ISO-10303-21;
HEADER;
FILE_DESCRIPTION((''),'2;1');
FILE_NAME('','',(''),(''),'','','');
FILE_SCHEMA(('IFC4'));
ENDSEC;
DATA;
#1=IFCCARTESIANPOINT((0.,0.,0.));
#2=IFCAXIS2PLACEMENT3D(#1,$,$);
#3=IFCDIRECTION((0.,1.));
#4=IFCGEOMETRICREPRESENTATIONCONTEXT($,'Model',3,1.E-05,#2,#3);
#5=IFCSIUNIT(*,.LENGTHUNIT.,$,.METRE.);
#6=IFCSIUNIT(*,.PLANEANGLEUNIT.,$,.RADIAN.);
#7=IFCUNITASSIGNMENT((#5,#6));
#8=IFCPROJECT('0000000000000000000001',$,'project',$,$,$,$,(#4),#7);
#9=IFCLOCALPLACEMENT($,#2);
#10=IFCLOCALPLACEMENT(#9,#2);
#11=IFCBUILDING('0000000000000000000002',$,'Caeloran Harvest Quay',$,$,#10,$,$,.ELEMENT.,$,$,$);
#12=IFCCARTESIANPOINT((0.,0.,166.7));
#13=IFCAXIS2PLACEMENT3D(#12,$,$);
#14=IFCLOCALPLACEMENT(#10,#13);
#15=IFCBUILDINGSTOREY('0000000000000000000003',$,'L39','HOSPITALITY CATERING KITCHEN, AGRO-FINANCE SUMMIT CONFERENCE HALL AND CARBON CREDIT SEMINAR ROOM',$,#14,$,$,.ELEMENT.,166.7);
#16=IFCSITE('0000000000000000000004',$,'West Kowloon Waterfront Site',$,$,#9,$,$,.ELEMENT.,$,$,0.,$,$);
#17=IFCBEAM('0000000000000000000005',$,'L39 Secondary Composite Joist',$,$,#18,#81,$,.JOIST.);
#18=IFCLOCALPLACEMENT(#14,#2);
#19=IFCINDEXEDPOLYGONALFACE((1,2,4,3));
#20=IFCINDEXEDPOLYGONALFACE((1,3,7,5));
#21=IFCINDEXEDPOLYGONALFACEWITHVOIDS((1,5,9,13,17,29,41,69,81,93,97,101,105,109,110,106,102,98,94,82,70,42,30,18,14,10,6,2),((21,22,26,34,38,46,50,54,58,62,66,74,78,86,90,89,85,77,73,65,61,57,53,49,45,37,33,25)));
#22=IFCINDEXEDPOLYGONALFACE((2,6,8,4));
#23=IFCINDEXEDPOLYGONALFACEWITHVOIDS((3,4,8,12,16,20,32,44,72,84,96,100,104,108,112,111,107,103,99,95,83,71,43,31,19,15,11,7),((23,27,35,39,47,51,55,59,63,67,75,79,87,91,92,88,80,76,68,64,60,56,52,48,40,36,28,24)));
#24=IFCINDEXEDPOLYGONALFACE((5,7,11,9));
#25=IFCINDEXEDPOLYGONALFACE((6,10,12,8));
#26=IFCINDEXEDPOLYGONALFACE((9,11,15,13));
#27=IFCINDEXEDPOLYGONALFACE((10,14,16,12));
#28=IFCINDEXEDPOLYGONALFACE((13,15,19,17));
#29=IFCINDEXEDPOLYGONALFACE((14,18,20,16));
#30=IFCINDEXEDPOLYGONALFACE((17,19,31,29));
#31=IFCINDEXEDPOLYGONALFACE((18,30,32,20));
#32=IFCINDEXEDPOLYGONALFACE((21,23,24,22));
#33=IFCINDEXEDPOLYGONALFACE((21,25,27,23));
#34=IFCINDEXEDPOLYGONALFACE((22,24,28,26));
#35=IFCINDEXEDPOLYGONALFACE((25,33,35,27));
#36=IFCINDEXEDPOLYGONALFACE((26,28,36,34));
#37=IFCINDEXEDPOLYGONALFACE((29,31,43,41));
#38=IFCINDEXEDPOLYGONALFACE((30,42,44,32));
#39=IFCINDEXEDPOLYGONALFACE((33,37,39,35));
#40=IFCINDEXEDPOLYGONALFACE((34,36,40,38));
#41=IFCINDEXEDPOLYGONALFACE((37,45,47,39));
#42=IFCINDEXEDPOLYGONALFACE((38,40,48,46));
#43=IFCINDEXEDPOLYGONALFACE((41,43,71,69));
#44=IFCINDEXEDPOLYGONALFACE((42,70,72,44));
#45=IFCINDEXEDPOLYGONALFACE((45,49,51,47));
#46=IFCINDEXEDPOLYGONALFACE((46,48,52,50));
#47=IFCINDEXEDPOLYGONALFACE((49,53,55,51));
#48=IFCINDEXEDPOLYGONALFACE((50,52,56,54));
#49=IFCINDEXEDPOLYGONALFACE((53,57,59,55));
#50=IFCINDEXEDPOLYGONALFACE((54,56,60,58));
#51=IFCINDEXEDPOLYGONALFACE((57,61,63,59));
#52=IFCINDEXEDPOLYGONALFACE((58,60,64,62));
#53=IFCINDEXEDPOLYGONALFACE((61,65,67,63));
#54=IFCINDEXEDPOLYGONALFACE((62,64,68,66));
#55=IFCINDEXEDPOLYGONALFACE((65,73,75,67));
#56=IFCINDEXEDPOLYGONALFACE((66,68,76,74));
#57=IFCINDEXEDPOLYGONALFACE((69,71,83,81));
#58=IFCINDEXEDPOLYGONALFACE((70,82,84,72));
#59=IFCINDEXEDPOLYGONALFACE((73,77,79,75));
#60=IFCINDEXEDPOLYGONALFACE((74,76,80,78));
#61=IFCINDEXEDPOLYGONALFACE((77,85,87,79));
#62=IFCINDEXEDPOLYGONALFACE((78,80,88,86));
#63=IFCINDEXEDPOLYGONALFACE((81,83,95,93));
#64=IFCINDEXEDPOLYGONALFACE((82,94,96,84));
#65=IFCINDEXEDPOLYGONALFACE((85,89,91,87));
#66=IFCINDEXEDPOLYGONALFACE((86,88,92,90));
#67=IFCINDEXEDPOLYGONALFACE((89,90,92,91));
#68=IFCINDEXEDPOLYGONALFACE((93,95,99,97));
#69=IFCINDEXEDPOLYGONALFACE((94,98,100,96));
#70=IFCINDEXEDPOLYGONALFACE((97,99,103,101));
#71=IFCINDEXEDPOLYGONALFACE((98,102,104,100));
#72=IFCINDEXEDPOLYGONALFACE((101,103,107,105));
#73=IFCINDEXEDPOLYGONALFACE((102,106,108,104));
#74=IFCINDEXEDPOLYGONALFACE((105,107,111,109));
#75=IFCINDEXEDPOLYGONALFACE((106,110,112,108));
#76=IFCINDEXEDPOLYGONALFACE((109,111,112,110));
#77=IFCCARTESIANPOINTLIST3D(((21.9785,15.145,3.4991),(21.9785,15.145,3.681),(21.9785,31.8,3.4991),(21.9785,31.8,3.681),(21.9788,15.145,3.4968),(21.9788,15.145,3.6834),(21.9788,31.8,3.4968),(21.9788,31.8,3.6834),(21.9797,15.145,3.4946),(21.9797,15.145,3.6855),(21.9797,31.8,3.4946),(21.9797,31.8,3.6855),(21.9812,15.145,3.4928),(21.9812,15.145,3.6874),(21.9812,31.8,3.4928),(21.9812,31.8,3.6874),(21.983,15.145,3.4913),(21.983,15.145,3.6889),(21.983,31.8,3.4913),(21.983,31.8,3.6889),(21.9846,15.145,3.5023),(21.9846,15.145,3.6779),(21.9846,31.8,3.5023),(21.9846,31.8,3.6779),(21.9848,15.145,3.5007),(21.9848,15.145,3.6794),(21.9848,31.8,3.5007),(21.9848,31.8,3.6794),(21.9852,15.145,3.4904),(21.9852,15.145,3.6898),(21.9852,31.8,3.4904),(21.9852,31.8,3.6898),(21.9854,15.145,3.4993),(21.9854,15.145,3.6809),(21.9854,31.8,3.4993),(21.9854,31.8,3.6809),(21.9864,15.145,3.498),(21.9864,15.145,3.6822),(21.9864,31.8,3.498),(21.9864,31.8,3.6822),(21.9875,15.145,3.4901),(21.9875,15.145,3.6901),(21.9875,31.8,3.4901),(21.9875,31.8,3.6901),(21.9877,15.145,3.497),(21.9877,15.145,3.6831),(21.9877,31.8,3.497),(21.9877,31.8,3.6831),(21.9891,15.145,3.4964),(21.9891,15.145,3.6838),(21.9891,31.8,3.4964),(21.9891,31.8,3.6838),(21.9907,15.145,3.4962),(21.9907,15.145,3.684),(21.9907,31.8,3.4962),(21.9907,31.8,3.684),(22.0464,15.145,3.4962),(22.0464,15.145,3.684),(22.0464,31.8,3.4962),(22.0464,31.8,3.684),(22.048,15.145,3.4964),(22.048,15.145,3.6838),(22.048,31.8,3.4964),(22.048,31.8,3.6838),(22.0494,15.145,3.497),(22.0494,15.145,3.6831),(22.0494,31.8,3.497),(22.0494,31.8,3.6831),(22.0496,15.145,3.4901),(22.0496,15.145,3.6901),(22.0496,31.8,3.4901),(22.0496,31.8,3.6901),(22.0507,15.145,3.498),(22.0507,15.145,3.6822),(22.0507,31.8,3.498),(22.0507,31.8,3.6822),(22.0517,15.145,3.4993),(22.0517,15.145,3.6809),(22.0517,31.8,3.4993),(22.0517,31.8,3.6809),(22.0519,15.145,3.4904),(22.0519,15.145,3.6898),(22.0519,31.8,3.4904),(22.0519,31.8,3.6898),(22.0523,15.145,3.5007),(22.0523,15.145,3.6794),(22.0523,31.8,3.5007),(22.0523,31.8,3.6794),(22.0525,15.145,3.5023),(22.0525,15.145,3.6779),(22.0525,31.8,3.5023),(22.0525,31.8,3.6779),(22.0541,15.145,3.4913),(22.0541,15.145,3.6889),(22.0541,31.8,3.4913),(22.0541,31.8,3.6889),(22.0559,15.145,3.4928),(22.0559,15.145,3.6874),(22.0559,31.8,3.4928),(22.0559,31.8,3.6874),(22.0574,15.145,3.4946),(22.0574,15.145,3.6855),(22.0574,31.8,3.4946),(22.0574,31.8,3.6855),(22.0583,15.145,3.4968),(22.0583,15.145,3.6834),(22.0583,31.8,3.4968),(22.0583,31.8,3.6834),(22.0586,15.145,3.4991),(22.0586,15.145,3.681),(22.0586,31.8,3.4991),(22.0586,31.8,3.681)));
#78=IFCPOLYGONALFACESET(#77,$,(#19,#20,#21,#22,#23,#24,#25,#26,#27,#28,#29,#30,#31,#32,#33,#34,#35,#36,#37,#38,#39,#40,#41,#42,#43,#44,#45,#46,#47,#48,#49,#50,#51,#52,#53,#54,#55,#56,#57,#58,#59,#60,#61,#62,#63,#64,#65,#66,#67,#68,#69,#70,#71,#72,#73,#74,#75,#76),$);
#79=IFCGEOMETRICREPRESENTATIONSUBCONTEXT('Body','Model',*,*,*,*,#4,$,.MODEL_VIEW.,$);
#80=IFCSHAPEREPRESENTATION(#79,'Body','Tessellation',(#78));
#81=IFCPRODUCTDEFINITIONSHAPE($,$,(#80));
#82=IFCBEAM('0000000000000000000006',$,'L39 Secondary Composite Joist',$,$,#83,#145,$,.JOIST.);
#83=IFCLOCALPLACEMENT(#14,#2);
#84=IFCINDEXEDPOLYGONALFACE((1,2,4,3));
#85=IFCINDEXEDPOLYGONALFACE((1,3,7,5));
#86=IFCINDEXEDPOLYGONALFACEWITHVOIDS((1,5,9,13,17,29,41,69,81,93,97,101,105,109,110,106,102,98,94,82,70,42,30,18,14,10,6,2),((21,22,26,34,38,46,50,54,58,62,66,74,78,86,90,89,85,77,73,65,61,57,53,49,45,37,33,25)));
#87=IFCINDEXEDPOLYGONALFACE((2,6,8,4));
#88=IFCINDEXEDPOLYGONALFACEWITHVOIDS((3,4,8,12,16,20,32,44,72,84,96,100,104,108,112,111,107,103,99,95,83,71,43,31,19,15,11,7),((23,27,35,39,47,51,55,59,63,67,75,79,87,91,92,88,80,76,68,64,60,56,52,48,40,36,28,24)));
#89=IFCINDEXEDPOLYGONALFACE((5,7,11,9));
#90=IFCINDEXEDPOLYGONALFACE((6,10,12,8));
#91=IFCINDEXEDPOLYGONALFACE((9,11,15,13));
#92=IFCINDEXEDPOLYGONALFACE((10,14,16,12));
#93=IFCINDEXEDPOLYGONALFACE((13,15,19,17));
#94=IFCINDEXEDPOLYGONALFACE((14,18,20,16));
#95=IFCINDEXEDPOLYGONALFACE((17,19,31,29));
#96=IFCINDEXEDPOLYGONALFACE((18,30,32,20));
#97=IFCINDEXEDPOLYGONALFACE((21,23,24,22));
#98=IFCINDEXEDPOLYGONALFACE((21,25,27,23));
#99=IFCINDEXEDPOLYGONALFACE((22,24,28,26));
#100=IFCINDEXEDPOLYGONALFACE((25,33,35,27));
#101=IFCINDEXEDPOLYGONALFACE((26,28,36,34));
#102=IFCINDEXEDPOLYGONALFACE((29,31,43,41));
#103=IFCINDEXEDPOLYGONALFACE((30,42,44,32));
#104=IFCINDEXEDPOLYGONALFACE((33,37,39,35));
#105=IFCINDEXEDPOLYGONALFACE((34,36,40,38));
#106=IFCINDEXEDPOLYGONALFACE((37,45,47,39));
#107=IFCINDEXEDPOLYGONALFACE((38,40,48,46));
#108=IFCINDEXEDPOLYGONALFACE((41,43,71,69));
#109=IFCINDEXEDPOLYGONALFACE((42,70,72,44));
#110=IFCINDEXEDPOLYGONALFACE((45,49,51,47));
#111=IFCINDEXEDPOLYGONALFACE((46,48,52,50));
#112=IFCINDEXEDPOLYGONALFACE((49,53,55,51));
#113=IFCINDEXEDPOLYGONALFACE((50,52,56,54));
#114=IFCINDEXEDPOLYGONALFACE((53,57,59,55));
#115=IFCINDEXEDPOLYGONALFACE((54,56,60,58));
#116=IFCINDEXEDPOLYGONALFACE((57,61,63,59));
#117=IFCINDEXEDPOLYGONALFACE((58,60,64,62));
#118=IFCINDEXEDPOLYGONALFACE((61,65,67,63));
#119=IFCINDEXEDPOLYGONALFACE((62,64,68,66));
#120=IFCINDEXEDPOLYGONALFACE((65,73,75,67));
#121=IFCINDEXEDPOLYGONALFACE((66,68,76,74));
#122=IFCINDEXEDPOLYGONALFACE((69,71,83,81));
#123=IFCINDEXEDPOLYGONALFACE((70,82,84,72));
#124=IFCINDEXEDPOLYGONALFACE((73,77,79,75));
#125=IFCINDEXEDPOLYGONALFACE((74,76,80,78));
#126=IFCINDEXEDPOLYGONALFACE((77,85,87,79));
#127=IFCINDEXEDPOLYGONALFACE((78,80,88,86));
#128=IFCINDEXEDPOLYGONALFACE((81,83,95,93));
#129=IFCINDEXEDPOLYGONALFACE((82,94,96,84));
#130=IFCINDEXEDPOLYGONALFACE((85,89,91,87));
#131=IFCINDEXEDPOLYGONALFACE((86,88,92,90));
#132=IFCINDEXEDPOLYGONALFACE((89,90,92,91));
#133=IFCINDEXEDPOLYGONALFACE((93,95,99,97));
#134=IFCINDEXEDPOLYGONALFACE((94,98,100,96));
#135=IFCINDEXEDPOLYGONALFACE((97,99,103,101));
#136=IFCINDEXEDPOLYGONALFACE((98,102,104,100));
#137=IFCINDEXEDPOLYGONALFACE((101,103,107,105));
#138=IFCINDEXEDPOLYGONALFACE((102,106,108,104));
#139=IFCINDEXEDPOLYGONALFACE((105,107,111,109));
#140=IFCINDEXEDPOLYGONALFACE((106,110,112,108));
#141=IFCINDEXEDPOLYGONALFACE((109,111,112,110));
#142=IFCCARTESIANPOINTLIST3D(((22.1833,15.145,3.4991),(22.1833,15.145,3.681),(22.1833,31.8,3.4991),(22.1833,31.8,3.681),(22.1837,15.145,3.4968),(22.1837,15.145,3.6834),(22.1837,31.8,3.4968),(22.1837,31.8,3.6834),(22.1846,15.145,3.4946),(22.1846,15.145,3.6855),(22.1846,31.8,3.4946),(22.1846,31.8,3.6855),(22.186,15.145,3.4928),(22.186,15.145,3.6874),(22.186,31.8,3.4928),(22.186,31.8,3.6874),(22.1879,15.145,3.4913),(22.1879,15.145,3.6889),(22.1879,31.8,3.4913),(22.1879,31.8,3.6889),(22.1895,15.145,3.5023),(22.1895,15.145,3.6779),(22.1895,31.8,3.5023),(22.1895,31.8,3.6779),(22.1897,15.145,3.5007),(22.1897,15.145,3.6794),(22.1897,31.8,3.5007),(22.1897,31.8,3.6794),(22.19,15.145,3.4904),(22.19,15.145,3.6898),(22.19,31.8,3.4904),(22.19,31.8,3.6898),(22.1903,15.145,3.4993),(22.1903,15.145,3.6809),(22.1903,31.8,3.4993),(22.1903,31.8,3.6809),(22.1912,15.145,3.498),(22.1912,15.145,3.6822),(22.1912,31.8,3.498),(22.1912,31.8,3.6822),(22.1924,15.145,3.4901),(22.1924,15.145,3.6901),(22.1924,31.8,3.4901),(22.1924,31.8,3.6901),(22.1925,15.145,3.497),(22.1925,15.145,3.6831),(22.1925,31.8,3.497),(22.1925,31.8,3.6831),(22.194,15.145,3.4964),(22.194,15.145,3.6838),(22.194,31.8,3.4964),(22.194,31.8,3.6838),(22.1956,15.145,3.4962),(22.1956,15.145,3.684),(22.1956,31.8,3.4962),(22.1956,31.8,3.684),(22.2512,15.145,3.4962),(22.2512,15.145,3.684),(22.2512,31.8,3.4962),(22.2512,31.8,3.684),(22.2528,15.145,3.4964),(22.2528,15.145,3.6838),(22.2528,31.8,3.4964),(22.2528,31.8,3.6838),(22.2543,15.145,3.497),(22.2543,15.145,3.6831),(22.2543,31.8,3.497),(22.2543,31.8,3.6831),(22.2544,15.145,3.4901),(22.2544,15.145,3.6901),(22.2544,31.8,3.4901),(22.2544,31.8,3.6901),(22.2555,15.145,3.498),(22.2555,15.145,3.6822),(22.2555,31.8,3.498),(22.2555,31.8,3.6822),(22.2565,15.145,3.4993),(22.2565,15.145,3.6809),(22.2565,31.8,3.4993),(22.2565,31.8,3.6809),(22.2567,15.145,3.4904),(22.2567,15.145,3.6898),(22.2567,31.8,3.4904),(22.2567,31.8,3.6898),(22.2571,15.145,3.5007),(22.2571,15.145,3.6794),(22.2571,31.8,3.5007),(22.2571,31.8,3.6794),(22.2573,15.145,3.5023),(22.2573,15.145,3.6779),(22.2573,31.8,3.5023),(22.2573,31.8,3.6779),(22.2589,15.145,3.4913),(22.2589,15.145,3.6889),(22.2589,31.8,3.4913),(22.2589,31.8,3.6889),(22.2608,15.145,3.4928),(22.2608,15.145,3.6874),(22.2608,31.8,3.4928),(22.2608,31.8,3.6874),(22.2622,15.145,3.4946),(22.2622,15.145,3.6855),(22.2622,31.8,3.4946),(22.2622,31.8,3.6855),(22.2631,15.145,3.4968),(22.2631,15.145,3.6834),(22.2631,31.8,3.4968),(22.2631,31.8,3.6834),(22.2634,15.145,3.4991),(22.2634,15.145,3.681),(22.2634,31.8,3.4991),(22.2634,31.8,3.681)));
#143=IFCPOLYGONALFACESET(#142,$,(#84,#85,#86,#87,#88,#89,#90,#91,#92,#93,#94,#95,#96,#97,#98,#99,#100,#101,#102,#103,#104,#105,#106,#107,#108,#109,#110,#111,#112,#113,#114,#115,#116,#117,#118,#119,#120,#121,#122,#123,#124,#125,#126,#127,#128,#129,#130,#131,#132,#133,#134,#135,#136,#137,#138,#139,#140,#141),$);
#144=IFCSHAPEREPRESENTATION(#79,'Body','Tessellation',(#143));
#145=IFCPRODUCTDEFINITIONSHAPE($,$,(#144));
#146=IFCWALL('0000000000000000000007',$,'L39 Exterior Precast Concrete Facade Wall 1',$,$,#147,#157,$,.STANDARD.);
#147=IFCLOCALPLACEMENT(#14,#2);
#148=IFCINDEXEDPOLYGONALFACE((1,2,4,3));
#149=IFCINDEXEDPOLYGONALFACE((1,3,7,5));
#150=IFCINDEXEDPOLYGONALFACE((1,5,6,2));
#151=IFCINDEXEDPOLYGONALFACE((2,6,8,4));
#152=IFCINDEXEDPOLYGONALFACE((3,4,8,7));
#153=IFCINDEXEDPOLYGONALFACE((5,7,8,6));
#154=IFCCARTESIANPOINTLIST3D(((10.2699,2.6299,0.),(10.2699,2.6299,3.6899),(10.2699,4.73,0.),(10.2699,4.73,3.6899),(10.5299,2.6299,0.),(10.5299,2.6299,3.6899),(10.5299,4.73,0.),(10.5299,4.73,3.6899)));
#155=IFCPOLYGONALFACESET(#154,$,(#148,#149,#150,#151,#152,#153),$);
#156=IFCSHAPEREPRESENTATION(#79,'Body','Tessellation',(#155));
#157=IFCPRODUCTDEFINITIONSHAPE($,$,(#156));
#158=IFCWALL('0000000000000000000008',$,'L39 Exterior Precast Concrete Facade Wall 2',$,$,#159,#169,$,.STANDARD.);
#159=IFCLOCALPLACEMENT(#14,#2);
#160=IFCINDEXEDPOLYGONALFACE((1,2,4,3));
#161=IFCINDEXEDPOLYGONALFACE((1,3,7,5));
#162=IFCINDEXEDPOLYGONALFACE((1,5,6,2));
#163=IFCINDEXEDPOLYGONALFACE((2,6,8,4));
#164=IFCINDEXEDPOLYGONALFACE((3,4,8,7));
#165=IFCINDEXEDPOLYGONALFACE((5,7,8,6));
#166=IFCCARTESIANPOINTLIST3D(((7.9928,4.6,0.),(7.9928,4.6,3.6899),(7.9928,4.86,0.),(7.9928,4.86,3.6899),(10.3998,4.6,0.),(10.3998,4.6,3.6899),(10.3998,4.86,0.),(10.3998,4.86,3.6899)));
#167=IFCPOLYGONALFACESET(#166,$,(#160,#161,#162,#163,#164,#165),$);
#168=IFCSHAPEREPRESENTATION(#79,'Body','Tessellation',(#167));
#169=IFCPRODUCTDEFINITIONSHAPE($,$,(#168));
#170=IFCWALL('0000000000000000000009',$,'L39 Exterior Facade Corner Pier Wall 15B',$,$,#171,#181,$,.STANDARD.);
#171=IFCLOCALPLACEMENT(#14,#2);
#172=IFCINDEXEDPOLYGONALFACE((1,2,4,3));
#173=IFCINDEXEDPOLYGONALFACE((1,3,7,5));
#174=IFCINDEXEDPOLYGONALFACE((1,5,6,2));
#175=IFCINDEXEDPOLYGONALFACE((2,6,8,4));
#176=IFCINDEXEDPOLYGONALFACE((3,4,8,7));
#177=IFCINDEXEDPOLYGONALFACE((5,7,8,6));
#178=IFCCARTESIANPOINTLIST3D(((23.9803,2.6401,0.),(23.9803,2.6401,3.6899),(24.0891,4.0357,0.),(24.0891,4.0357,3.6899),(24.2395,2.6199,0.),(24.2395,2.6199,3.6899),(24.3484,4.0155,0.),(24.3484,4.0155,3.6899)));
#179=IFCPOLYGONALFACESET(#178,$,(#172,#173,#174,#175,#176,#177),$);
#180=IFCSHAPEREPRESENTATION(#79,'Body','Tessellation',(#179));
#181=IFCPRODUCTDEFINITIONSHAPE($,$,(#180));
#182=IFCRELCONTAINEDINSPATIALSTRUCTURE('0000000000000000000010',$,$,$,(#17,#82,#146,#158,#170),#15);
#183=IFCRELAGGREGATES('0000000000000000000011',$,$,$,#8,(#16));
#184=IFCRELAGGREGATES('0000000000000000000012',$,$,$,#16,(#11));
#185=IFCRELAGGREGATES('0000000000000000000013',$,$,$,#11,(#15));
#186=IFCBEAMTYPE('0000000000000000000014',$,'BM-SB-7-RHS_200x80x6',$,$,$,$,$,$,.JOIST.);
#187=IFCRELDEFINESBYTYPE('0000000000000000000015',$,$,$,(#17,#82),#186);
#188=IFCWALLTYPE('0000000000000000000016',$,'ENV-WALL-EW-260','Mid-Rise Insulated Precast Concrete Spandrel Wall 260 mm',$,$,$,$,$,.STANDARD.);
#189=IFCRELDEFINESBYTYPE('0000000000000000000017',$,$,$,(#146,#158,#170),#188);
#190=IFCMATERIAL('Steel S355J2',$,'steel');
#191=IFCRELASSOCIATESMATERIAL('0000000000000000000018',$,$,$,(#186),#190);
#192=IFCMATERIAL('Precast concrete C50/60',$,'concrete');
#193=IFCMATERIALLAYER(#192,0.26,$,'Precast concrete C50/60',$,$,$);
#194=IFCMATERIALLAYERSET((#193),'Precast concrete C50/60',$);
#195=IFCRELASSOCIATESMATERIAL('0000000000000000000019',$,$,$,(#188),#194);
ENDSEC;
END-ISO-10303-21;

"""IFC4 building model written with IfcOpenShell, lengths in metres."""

from ifc_helpers import new_model, si_unit, direction, frame, frame_2d, origin, origin_2d, place, context, subcontext, project, spatial, rectangle, hollow_rectangle, extrude, material, layer, layer_set, material_profile, profile_set, type_object, element, save


model = new_model("IFC4")

# Units and contexts
model_context = context("Model", 3, precision=1e-05, world=origin(), true_north=direction((0.0, 1.0)))
body_context = subcontext(model_context, "Body", "Model", "MODEL_VIEW")
ifc_project = project(units=[si_unit("LENGTHUNIT", "METRE"), si_unit("PLANEANGLEUNIT", "RADIAN")], contexts=[model_context])

# Site, building, storey
site_placement = place(None, origin())
site = spatial("IfcSite", under=ifc_project, at=site_placement, Name="West Kowloon Waterfront Site", CompositionType="ELEMENT", RefElevation=0.0)
building_placement = place(site_placement, origin())
building = spatial("IfcBuilding", under=site, at=building_placement, Name="Caeloran Harvest Quay", CompositionType="ELEMENT")
storey_placement = place(building_placement, frame((0.0, 0.0, 166.7)))
storey = spatial("IfcBuildingStorey", under=building, at=storey_placement, Name="L39", Description="HOSPITALITY CATERING KITCHEN, AGRO-FINANCE SUMMIT CONFERENCE HALL AND CARBON CREDIT SEMINAR ROOM", CompositionType="ELEMENT", Elevation=166.7)

# Beams
ifc_material_1 = material(Name="Steel S355J2", Category="steel")
ifc_material_profile_1 = material_profile(ifc_material_1, hollow_rectangle(XDim=0.0801, YDim=0.2, WallThickness=0.0061, InnerFilletRadius=0.0061, OuterFilletRadius=0.009, at=origin_2d()), Name="RHS 200x80x6")
ifc_profile_set_1 = profile_set([ifc_material_profile_1], Name="Steel S355J2")
beam_type_1 = type_object("IfcBeamType", Name="BM-SB-7-RHS_200x80x6", PredefinedType="JOIST", material=ifc_profile_set_1)
for number, where, z_axis, x_axis, name in (
    (1, (22.0186, 15.145, 3.5901), (0.0, 1.0, 0.0), (-1.0, 0.0, 0.0), "L39 Secondary Composite Joist"),
    (2, (22.2234, 15.145, 3.5901), (0.0, 1.0, 0.0), (-1.0, 0.0, 0.0), "L39 Secondary Composite Joist"),
):
    element("IfcBeam", number, at=place(storey_placement, frame(where, z_axis=z_axis, x_axis=x_axis)), inside=storey, type_object=beam_type_1, Name=name, PredefinedType="JOIST", context=body_context, shape_type="SweptSolid", body=[
        extrude(hollow_rectangle(XDim=0.0801, YDim=0.2, WallThickness=0.0061, InnerFilletRadius=0.0061, OuterFilletRadius=0.009, at=origin_2d()), origin(), (0.0, 0.0, 1.0), 16.655),
    ])

# Walls
ifc_material_2 = material(Name="Precast concrete C50/60", Category="concrete")
ifc_layer_1 = layer(ifc_material_2, 0.26, Name="Precast concrete C50/60")
ifc_layer_set_1 = layer_set([ifc_layer_1], Name="Precast concrete C50/60")
wall_type_1 = type_object("IfcWallType", Name="ENV-WALL-EW-260", Description="Mid-Rise Insulated Precast Concrete Spandrel Wall 260 mm", PredefinedType="STANDARD", material=ifc_layer_set_1)
wall_1_placement = place(storey_placement, frame((10.3999, 2.6299, 0.0), z_axis=(0.0, 0.0, 1.0), x_axis=(0.0, 1.0, 0.0)))
element("IfcWall", 3, at=wall_1_placement, inside=storey, type_object=wall_type_1, Name="L39 Exterior Precast Concrete Facade Wall 1", PredefinedType="STANDARD", context=body_context, shape_type="SweptSolid", body=[
    extrude(rectangle(XDim=2.1001, YDim=0.26, at=frame_2d((1.05, 0.0))), origin(), (0.0, 0.0, 1.0), 3.6899),
])
wall_2_placement = place(storey_placement, frame((10.3999, 4.73, 0.0), z_axis=(0.0, 0.0, 1.0), x_axis=(-1.0, 0.0, 0.0)))
element("IfcWall", 4, at=wall_2_placement, inside=storey, type_object=wall_type_1, Name="L39 Exterior Precast Concrete Facade Wall 2", PredefinedType="STANDARD", context=body_context, shape_type="SweptSolid", body=[
    extrude(rectangle(XDim=2.407, YDim=0.26, at=frame_2d((1.2036, 0.0))), origin(), (0.0, 0.0, 1.0), 3.6899),
])
wall_3_placement = place(storey_placement, frame((24.2188, 4.0256, 0.0), z_axis=(0.0, 0.0, 1.0), x_axis=(-0.077777, -0.996971, 0.0)))
element("IfcWall", 5, at=wall_3_placement, inside=storey, type_object=wall_type_1, Name="L39 Exterior Facade Corner Pier Wall 15B", PredefinedType="STANDARD", context=body_context, shape_type="SweptSolid", body=[
    extrude(rectangle(XDim=1.3999, YDim=0.26, at=frame_2d((0.7, 0.0))), origin(), (0.0, 0.0, 1.0), 3.6899),
])

save(model, "model.ifc")
